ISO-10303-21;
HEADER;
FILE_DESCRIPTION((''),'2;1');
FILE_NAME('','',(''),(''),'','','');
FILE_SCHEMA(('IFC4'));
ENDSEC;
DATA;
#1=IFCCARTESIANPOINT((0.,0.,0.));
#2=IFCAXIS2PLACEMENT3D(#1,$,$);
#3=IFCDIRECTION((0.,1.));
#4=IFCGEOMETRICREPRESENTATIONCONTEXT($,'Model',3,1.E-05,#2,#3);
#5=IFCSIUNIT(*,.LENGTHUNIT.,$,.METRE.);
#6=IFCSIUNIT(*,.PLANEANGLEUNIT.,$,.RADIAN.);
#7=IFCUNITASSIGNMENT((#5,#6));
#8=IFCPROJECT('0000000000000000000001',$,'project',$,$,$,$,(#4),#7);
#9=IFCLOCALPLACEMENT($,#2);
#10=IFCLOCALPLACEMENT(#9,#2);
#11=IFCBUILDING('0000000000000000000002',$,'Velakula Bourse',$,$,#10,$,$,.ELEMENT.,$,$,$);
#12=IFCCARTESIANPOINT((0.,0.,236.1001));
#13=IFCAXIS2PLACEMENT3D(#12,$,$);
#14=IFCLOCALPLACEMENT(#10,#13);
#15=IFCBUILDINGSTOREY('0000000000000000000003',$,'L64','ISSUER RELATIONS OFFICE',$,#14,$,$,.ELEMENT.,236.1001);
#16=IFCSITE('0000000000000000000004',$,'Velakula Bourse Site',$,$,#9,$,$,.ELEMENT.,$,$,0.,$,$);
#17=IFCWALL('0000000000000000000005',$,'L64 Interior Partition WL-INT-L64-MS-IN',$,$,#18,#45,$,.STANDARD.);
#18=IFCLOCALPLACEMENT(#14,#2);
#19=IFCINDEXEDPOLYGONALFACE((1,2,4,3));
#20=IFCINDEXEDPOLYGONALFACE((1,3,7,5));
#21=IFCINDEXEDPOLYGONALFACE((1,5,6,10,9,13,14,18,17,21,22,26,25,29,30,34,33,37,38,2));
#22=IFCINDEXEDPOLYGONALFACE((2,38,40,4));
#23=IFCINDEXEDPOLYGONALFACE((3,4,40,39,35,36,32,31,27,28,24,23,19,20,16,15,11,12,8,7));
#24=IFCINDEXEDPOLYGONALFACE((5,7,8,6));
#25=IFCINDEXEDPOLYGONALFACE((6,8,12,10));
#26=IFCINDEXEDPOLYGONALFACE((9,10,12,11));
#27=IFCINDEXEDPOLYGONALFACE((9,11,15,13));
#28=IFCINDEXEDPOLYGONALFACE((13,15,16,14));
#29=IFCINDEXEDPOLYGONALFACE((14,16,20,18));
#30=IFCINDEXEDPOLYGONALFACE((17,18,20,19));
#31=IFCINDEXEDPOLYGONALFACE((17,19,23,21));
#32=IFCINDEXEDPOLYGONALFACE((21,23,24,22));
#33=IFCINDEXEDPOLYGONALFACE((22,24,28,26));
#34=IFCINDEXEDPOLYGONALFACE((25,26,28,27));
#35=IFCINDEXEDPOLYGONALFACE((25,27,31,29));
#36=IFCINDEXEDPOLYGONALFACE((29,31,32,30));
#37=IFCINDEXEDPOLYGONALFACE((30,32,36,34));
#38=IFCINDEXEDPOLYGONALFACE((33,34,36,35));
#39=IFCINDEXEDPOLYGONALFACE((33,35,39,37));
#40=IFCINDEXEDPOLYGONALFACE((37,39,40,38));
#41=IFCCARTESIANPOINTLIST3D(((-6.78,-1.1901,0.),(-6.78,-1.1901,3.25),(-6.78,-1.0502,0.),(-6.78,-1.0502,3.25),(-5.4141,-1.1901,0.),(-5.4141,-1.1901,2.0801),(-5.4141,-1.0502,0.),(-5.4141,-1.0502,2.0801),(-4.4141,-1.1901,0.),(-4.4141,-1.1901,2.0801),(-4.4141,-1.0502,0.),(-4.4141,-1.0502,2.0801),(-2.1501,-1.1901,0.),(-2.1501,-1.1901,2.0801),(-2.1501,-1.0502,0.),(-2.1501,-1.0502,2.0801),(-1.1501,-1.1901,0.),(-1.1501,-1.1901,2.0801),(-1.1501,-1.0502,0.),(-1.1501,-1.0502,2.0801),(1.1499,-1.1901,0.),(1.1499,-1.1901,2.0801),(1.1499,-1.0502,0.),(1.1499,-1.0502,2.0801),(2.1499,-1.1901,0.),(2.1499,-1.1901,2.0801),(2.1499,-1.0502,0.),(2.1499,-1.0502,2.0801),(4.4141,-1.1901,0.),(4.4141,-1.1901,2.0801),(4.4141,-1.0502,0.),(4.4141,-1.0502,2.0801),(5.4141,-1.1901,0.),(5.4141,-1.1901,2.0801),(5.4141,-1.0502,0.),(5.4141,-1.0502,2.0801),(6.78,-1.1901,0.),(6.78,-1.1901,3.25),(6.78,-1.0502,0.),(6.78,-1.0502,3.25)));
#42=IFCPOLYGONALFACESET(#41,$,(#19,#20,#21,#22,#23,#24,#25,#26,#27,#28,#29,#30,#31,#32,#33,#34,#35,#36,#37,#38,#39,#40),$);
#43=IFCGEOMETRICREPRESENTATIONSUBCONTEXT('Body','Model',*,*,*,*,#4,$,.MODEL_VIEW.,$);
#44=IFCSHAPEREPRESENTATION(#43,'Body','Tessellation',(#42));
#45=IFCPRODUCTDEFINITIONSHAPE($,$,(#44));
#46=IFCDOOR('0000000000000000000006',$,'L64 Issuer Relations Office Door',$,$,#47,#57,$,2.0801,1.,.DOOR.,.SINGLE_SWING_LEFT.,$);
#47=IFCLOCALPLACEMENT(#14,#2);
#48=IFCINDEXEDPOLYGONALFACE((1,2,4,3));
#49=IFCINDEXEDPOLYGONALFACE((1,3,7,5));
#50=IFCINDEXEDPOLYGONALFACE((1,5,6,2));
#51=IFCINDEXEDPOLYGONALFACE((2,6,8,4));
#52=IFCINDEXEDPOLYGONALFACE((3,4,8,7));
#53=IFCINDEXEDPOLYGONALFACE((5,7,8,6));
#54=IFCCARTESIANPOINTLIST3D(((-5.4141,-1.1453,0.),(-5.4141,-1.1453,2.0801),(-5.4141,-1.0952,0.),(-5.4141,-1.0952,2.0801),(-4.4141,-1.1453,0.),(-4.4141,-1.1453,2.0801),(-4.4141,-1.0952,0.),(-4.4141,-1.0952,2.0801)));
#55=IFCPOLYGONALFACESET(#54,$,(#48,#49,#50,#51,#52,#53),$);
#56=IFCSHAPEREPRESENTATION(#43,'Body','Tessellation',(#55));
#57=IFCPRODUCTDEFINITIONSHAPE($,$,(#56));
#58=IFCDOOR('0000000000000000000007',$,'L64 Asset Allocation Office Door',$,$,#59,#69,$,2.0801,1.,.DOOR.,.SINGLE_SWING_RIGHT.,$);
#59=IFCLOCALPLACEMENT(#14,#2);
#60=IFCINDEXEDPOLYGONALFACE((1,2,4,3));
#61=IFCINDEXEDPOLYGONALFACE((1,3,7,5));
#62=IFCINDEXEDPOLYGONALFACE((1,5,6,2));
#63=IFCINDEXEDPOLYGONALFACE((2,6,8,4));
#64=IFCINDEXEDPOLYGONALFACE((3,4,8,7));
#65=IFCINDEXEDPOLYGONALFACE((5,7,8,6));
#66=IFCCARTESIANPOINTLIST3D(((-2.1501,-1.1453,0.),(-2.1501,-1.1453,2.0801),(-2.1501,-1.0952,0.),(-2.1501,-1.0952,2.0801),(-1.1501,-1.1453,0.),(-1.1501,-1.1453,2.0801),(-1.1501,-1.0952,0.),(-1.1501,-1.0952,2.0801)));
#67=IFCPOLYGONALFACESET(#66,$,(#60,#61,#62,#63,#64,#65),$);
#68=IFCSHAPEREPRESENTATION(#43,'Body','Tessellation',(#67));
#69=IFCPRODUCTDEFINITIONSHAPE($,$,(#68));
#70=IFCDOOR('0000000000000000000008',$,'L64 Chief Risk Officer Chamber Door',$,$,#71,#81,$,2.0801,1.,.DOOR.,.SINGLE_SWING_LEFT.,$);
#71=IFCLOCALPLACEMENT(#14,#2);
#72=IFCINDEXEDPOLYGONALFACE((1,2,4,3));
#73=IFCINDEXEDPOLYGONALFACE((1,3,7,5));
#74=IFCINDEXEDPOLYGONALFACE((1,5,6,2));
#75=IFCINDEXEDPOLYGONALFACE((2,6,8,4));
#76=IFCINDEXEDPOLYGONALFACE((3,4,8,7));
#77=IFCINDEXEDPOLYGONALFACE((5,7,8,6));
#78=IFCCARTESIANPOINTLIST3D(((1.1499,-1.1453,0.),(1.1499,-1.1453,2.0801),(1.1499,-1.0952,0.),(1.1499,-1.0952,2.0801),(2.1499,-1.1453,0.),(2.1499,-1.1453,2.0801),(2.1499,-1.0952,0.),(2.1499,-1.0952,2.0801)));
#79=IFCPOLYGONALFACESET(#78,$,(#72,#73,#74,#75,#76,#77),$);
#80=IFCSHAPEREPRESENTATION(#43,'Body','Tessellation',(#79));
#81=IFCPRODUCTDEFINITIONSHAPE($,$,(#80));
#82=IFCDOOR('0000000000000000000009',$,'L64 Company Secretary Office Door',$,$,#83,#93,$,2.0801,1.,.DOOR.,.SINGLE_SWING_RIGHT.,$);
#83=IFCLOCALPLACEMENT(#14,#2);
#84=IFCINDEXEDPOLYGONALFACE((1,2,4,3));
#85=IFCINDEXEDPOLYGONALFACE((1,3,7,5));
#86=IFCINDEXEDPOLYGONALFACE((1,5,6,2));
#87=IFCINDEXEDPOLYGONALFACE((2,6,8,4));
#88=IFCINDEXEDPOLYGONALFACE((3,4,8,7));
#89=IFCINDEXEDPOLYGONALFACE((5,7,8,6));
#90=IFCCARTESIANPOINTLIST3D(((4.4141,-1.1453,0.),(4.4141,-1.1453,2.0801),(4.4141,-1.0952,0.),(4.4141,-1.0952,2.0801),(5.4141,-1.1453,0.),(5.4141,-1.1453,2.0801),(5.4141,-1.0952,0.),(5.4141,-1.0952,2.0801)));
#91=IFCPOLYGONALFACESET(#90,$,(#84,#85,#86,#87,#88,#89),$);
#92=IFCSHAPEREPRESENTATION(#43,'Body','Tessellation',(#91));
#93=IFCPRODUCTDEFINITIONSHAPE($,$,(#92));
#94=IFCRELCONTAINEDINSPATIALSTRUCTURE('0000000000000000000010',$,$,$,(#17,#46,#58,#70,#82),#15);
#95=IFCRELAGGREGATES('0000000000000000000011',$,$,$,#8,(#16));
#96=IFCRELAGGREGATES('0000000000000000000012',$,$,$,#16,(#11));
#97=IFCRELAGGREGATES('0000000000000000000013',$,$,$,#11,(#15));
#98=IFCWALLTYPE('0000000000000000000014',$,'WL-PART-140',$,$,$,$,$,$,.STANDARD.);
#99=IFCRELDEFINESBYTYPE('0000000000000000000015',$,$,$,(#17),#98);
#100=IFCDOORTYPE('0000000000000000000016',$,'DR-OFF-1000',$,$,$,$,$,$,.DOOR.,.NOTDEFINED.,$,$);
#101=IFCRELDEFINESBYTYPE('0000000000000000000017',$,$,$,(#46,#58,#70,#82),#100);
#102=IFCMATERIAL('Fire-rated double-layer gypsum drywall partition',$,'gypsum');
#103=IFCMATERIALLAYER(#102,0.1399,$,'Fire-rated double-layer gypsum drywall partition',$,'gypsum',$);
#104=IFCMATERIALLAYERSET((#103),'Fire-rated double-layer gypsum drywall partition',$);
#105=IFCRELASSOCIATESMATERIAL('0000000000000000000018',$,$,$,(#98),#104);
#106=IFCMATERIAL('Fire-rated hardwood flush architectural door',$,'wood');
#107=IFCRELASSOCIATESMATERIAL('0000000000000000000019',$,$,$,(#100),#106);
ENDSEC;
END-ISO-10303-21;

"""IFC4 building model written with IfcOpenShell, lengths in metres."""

from ifc_helpers import new_model, si_unit, direction, frame, frame_2d, origin, place, context, subcontext, project, spatial, rectangle, extrude, material, layer, layer_set, type_object, element, fill, save


model = new_model("IFC4")

# Units and contexts
model_context = context("Model", 3, precision=1e-05, world=origin(), true_north=direction((0.0, 1.0)))
body_context = subcontext(model_context, "Body", "Model", "MODEL_VIEW")
ifc_project = project(units=[si_unit("LENGTHUNIT", "METRE"), si_unit("PLANEANGLEUNIT", "RADIAN")], contexts=[model_context])

# Site, building, storey
site_placement = place(None, origin())
site = spatial("IfcSite", under=ifc_project, at=site_placement, Name="Velakula Bourse Site", CompositionType="ELEMENT", RefElevation=0.0)
building_placement = place(site_placement, origin())
building = spatial("IfcBuilding", under=site, at=building_placement, Name="Velakula Bourse", CompositionType="ELEMENT")
storey_placement = place(building_placement, frame((0.0, 0.0, 236.1001)))
storey = spatial("IfcBuildingStorey", under=building, at=storey_placement, Name="L64", Description="ISSUER RELATIONS OFFICE", CompositionType="ELEMENT", Elevation=236.1001)

# Shared definitions
ifc_material_1 = material(Name="Fire-rated double-layer gypsum drywall partition", Category="gypsum")

# Shared definitions
ifc_layer_1 = layer(ifc_material_1, 0.1399, Name="Fire-rated double-layer gypsum drywall partition", Category="gypsum")
ifc_layer_set_1 = layer_set([ifc_layer_1], Name="Fire-rated double-layer gypsum drywall partition")
wall_type_1 = type_object("IfcWallType", Name="WL-PART-140", PredefinedType="STANDARD", material=ifc_layer_set_1)
ifc_material_2 = material(Name="Fire-rated hardwood flush architectural door", Category="wood")
door_type = type_object("IfcDoorType", Name="DR-OFF-1000", OperationType="NOTDEFINED", PredefinedType="DOOR", material=ifc_material_2)

# Wall, openings, doors
wall_1_placement = place(storey_placement, frame((-6.78, -1.1201, 0.0), z_axis=(0.0, 0.0, 1.0), x_axis=(1.0, 0.0, 0.0)))
wall_1 = element("IfcWall", 1, at=wall_1_placement, inside=storey, type_object=wall_type_1, Name="L64 Interior Partition WL-INT-L64-MS-IN", PredefinedType="STANDARD", context=body_context, shape_type="SweptSolid", body=[
    extrude(rectangle(XDim=13.5601, YDim=0.1399, at=frame_2d((6.78, 0.0))), origin(), (0.0, 0.0, 1.0), 3.25),
])
opening_1_placement = place(wall_1_placement, frame((1.366, 0.0, 0.0)))
opening_1 = element("IfcOpeningElement", 2, at=opening_1_placement, cuts=wall_1, PredefinedType="OPENING", context=body_context, shape_type="SweptSolid", body=[
    extrude(rectangle(XDim=1.0, YDim=2.0801, at=frame_2d((0.5, 1.04))), frame((0.0, 0.0798, 0.0), z_axis=(0.0, -1.0, 0.0), x_axis=(1.0, 0.0, 0.0)), (0.0, 0.0, 1.0), 0.1599),
])
opening_2_placement = place(wall_1_placement, frame((4.6299, 0.0, 0.0)))
opening_2 = element("IfcOpeningElement", 3, at=opening_2_placement, cuts=wall_1, PredefinedType="OPENING", context=body_context, shape_type="SweptSolid", body=[
    extrude(rectangle(XDim=1.0, YDim=2.0801, at=frame_2d((0.5, 1.04))), frame((0.0, 0.0798, 0.0), z_axis=(0.0, -1.0, 0.0), x_axis=(1.0, 0.0, 0.0)), (0.0, 0.0, 1.0), 0.1599),
])
opening_3_placement = place(wall_1_placement, frame((7.9299, 0.0, 0.0)))
opening_3 = element("IfcOpeningElement", 4, at=opening_3_placement, cuts=wall_1, PredefinedType="OPENING", context=body_context, shape_type="SweptSolid", body=[
    extrude(rectangle(XDim=1.0, YDim=2.0801, at=frame_2d((0.5, 1.04))), frame((0.0, 0.0798, 0.0), z_axis=(0.0, -1.0, 0.0), x_axis=(1.0, 0.0, 0.0)), (0.0, 0.0, 1.0), 0.1599),
])
opening_4_placement = place(wall_1_placement, frame((11.1941, 0.0, 0.0)))
opening_4 = element("IfcOpeningElement", 5, at=opening_4_placement, cuts=wall_1, PredefinedType="OPENING", context=body_context, shape_type="SweptSolid", body=[
    extrude(rectangle(XDim=1.0, YDim=2.0801, at=frame_2d((0.5, 1.04))), frame((0.0, 0.0798, 0.0), z_axis=(0.0, -1.0, 0.0), x_axis=(1.0, 0.0, 0.0)), (0.0, 0.0, 1.0), 0.1599),
])
door_1_placement = place(opening_1_placement, origin())
door_1 = element("IfcDoor", 6, at=door_1_placement, inside=storey, type_object=door_type, Name="L64 Issuer Relations Office Door", OperationType="SINGLE_SWING_LEFT", OverallHeight=2.0801, OverallWidth=1.0, PredefinedType="DOOR", context=body_context, shape_type="SweptSolid", body=[
    extrude(rectangle(XDim=1.0, YDim=2.0801, at=frame_2d((0.5, 1.04))), frame((0.0, 0.0249, 0.0), z_axis=(0.0, -1.0, 0.0), x_axis=(1.0, 0.0, 0.0)), (0.0, 0.0, 1.0), 0.05),
])
fill(opening_1, door_1)
door_2_placement = place(opening_2_placement, origin())
door_2 = element("IfcDoor", 7, at=door_2_placement, inside=storey, type_object=door_type, Name="L64 Asset Allocation Office Door", OperationType="SINGLE_SWING_RIGHT", OverallHeight=2.0801, OverallWidth=1.0, PredefinedType="DOOR", context=body_context, shape_type="SweptSolid", body=[
    extrude(rectangle(XDim=1.0, YDim=2.0801, at=frame_2d((0.5, 1.04))), frame((0.0, 0.0249, 0.0), z_axis=(0.0, -1.0, 0.0), x_axis=(1.0, 0.0, 0.0)), (0.0, 0.0, 1.0), 0.05),
])
fill(opening_2, door_2)
door_3_placement = place(opening_3_placement, origin())
door_3 = element("IfcDoor", 8, at=door_3_placement, inside=storey, type_object=door_type, Name="L64 Chief Risk Officer Chamber Door", OperationType="SINGLE_SWING_LEFT", OverallHeight=2.0801, OverallWidth=1.0, PredefinedType="DOOR", context=body_context, shape_type="SweptSolid", body=[
    extrude(rectangle(XDim=1.0, YDim=2.0801, at=frame_2d((0.5, 1.04))), frame((0.0, 0.0249, 0.0), z_axis=(0.0, -1.0, 0.0), x_axis=(1.0, 0.0, 0.0)), (0.0, 0.0, 1.0), 0.05),
])
fill(opening_3, door_3)
door_4_placement = place(opening_4_placement, origin())
door_4 = element("IfcDoor", 9, at=door_4_placement, inside=storey, type_object=door_type, Name="L64 Company Secretary Office Door", OperationType="SINGLE_SWING_RIGHT", OverallHeight=2.0801, OverallWidth=1.0, PredefinedType="DOOR", context=body_context, shape_type="SweptSolid", body=[
    extrude(rectangle(XDim=1.0, YDim=2.0801, at=frame_2d((0.5, 1.04))), frame((0.0, 0.0249, 0.0), z_axis=(0.0, -1.0, 0.0), x_axis=(1.0, 0.0, 0.0)), (0.0, 0.0, 1.0), 0.05),
])
fill(opening_4, door_4)

save(model, "model.ifc")
